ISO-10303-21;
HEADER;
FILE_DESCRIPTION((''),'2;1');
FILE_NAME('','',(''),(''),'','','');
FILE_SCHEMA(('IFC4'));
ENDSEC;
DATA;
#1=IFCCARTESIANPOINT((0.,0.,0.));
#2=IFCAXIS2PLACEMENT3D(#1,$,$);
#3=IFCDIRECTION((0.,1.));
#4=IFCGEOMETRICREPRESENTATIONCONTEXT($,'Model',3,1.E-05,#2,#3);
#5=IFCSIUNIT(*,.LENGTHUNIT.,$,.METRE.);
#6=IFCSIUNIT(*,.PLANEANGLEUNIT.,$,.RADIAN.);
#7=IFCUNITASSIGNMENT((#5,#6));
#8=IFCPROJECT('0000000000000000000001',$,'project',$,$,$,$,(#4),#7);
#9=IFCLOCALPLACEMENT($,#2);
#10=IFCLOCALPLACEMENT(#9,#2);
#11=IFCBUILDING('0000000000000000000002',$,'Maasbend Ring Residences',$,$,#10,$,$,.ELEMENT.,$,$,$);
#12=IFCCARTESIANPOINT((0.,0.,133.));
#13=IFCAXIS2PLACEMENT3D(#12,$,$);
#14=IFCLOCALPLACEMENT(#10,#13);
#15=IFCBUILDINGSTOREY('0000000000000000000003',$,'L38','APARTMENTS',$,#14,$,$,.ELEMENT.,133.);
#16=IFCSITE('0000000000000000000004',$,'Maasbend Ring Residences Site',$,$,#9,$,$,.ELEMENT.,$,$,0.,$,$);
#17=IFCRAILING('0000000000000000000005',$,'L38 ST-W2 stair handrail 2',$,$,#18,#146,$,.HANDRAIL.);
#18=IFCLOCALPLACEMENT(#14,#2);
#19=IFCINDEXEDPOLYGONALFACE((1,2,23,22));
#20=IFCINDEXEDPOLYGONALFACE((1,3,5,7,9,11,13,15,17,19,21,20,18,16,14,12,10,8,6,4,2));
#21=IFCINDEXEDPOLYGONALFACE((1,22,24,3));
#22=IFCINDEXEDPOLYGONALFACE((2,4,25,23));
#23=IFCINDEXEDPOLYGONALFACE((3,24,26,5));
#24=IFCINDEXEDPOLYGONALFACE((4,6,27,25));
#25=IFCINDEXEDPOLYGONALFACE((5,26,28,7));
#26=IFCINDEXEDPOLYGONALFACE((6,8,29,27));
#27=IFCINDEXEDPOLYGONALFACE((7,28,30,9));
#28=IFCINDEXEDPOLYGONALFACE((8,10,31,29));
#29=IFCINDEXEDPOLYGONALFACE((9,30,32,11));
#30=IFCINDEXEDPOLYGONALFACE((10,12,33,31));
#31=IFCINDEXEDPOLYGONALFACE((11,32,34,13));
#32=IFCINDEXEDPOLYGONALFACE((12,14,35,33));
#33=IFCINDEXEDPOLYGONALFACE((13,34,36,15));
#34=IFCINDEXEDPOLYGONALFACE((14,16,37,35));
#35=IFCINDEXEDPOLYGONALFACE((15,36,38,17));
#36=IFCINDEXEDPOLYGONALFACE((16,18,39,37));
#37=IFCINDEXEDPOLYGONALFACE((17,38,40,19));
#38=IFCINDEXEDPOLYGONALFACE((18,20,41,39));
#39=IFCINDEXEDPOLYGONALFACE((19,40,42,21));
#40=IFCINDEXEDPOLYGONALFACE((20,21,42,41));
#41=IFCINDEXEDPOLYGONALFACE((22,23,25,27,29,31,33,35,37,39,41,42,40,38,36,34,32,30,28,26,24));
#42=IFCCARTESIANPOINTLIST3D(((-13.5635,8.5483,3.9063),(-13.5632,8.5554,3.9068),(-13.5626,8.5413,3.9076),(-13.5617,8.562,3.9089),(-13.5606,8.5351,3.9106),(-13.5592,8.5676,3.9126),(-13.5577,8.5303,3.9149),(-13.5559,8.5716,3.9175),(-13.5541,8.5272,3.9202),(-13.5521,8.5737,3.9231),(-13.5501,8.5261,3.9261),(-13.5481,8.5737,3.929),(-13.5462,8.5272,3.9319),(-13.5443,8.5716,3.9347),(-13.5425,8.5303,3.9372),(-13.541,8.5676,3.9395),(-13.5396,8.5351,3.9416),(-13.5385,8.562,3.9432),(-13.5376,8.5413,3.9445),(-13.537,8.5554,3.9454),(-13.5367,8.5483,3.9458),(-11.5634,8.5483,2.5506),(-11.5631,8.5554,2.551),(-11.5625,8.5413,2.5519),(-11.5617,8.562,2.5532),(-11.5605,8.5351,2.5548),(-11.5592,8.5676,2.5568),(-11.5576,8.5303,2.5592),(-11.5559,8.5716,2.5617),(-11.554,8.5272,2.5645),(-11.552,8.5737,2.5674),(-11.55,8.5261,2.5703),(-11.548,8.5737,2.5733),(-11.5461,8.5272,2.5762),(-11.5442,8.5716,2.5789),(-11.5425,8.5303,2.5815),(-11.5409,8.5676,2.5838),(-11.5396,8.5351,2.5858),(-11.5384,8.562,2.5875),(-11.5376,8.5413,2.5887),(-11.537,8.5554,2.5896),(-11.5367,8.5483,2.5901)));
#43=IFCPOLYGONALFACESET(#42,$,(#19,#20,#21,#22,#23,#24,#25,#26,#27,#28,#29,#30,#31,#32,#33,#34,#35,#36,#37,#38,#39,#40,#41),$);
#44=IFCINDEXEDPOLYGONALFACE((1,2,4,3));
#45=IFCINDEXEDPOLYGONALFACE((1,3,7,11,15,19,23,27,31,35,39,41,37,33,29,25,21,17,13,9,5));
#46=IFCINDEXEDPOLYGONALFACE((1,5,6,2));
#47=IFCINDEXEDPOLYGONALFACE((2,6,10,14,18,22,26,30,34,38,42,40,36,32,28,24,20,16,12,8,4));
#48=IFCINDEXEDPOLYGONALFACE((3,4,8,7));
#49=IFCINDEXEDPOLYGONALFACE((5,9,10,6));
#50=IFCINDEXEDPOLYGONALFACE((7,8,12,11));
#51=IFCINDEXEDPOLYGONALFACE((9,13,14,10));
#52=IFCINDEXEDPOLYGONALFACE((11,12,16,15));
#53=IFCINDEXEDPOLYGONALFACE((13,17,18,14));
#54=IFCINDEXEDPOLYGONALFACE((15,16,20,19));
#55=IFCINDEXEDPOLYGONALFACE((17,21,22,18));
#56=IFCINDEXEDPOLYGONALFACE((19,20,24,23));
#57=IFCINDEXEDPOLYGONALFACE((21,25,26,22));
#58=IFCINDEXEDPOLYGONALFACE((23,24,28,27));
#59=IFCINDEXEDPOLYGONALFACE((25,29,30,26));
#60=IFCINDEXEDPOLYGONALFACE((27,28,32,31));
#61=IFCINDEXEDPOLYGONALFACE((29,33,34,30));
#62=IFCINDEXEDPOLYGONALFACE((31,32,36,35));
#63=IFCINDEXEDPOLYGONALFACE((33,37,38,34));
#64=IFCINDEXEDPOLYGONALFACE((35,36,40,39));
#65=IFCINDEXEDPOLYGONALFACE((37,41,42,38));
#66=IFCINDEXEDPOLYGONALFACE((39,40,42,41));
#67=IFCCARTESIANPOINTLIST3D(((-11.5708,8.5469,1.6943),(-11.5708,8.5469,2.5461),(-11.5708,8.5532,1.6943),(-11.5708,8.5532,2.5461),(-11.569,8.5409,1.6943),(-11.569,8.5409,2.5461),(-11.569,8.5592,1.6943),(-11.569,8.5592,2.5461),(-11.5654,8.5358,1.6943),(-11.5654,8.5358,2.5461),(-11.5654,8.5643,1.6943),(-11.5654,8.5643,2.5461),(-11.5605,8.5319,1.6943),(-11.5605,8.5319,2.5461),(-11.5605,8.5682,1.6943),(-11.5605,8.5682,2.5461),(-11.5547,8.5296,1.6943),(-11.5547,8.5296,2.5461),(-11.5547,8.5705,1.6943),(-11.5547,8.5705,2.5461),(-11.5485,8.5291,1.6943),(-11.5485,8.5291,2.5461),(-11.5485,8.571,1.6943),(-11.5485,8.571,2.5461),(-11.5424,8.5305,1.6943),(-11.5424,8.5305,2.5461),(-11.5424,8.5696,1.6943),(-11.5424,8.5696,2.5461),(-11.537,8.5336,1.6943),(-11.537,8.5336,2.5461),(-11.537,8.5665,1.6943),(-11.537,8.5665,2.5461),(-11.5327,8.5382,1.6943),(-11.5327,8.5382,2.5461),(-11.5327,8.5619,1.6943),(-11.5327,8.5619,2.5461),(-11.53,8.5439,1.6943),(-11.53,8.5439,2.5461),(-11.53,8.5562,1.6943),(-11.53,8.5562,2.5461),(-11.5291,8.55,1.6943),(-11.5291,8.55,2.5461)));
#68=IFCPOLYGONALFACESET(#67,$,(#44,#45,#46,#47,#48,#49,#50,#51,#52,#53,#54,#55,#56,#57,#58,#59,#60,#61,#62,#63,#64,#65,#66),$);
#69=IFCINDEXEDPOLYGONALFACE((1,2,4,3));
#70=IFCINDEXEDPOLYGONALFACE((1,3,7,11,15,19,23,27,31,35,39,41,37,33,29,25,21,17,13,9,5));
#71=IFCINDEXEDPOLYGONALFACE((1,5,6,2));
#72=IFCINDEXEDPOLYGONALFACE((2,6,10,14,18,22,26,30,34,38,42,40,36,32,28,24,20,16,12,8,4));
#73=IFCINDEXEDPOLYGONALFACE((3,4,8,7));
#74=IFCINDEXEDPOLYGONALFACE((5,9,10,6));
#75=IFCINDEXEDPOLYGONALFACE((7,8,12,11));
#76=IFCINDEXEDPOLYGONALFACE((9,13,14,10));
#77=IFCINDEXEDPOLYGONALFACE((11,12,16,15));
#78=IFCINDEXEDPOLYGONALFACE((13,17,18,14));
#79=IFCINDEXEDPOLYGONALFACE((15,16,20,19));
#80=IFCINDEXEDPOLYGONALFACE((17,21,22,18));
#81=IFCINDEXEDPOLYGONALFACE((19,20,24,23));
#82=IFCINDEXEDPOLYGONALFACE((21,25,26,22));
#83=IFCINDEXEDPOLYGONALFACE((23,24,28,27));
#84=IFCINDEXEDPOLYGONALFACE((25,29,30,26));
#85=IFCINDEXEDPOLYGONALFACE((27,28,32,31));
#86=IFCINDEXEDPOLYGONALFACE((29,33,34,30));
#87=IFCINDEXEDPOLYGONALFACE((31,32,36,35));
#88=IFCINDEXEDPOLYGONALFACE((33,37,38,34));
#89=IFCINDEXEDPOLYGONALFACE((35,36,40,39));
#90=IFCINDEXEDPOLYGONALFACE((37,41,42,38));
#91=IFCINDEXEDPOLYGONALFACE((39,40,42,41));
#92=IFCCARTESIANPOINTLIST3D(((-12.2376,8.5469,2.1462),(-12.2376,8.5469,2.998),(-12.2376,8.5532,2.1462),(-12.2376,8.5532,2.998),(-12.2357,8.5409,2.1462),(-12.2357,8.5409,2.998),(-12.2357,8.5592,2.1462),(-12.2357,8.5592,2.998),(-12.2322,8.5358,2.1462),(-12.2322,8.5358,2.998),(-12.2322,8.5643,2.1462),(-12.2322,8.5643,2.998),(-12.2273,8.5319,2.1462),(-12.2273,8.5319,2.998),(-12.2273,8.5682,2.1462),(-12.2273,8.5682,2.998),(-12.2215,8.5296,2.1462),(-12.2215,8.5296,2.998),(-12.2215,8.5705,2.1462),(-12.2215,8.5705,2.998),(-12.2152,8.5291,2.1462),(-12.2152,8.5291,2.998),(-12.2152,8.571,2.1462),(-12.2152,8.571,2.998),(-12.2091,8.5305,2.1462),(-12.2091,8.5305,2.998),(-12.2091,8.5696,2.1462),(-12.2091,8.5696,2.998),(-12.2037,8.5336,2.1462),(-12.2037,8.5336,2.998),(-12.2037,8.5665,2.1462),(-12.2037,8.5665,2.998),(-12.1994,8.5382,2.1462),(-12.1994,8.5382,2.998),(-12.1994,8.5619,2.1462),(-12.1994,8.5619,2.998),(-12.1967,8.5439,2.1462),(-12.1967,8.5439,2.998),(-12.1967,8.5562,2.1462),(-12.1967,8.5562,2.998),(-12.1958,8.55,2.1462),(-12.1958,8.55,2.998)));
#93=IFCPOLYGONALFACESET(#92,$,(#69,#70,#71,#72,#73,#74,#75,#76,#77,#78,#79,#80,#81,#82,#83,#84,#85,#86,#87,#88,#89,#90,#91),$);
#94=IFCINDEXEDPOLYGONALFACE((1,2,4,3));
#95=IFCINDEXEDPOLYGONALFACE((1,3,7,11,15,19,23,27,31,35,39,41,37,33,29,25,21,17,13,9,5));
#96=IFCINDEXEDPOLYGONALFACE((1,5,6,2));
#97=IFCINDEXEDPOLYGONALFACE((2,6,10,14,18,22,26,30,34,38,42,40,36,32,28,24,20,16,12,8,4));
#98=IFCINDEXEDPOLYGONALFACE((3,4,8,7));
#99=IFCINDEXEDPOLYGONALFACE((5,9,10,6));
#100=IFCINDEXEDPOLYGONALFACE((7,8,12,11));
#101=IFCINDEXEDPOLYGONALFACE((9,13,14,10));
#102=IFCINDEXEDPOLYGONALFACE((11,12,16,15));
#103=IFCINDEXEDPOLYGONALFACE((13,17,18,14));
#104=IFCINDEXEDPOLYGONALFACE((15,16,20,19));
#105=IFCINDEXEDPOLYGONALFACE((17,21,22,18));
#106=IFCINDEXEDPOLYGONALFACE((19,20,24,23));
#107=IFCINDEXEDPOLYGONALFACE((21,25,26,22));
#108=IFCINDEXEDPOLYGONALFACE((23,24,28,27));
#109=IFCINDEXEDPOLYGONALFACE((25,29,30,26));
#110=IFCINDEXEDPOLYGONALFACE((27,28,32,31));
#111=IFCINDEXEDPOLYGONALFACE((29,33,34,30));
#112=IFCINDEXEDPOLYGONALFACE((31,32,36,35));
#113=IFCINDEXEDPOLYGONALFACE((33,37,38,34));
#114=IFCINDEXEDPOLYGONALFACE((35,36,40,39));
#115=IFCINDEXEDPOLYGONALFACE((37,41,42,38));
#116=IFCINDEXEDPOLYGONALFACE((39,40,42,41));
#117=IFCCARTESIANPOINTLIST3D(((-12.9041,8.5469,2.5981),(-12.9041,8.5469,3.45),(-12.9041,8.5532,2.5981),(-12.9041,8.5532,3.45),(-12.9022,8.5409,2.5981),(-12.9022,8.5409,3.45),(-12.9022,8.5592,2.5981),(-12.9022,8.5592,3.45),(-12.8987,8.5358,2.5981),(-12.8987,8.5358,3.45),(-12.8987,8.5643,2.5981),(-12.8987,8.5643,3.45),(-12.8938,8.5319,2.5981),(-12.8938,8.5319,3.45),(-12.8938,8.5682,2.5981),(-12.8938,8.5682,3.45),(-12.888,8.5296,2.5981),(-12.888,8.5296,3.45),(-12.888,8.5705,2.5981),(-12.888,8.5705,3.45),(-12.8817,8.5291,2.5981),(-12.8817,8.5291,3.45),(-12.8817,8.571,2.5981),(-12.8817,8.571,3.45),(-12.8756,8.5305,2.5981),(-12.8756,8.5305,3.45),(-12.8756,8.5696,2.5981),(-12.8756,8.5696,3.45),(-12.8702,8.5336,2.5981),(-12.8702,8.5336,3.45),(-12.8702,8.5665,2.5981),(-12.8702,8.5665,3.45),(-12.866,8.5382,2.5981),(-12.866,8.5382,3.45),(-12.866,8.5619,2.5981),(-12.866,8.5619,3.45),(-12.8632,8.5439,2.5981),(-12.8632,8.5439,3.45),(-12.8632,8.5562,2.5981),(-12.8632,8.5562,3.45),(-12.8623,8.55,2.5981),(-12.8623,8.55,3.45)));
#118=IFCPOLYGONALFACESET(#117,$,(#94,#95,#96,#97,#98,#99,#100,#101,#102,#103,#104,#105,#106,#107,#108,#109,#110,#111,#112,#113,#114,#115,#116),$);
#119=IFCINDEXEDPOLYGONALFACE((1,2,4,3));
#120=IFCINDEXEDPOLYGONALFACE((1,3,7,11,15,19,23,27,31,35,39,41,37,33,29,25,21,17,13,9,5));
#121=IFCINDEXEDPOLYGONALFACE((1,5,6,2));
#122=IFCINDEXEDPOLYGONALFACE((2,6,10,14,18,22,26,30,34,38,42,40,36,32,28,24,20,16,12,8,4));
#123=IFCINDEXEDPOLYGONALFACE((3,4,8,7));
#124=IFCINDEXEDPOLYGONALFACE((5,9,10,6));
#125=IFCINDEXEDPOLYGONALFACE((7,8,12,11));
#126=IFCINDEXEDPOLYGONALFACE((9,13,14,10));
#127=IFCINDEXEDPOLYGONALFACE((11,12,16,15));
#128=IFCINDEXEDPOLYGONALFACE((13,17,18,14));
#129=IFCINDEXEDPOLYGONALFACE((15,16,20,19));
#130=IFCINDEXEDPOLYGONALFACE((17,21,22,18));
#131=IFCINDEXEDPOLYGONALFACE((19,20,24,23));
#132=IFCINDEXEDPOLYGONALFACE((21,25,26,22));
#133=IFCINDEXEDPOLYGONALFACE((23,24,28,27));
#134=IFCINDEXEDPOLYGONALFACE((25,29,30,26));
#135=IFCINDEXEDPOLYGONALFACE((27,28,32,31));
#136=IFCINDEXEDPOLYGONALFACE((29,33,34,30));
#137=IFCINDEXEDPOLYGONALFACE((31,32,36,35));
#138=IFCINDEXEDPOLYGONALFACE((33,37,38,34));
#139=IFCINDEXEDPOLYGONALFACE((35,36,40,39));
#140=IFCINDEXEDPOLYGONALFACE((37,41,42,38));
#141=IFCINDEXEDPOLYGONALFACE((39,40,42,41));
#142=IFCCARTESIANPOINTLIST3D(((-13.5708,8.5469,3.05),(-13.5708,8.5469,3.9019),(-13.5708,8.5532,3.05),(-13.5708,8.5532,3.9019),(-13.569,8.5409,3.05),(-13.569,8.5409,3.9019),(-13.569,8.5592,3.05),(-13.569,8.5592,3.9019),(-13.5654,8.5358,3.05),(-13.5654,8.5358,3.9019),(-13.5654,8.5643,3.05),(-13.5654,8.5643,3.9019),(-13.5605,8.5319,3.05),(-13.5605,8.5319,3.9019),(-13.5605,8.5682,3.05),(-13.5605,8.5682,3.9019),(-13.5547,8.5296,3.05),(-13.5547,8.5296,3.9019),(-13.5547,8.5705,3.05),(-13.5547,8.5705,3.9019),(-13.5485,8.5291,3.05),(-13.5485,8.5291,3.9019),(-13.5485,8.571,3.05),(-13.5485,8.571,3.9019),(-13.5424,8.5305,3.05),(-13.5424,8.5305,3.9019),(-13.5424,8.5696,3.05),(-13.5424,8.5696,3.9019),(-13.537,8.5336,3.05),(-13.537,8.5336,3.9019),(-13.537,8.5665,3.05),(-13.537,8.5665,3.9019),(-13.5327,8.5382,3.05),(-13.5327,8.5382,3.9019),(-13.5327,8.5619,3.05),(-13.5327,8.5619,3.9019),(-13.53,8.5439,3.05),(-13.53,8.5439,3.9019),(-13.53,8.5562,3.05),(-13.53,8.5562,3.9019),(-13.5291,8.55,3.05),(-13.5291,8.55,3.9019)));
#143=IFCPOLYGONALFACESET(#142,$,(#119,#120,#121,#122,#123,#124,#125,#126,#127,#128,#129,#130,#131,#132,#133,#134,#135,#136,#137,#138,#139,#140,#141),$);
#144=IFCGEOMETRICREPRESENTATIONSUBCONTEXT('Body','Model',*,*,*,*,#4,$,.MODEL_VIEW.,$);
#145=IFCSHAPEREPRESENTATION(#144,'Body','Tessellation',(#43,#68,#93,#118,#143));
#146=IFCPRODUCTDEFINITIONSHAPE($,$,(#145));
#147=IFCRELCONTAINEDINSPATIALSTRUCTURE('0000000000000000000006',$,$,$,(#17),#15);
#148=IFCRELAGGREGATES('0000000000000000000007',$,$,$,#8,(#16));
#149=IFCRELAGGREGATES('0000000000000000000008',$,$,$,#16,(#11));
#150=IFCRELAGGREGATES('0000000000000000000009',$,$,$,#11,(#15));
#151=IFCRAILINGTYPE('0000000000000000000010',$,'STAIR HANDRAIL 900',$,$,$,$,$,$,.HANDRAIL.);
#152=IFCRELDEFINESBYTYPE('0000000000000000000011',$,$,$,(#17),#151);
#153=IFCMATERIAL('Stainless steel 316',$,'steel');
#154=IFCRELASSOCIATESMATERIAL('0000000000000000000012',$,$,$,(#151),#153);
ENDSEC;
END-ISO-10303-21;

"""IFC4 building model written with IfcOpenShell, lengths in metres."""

from ifc_helpers import new_model, si_unit, direction, frame, origin, origin_2d, place, context, subcontext, project, spatial, circle, extrude, material, type_object, element, save


model = new_model("IFC4")

# Units and contexts
model_context = context("Model", 3, precision=1e-05, world=origin(), true_north=direction((0.0, 1.0)))
body_context = subcontext(model_context, "Body", "Model", "MODEL_VIEW")
ifc_project = project(units=[si_unit("LENGTHUNIT", "METRE"), si_unit("PLANEANGLEUNIT", "RADIAN")], contexts=[model_context])

# Site, building, storey
site_placement = place(None, origin())
site = spatial("IfcSite", under=ifc_project, at=site_placement, Name="Maasbend Ring Residences Site", CompositionType="ELEMENT", RefElevation=0.0)
building_placement = place(site_placement, origin())
building = spatial("IfcBuilding", under=site, at=building_placement, Name="Maasbend Ring Residences", CompositionType="ELEMENT")
storey_placement = place(building_placement, frame((0.0, 0.0, 133.0)))
storey = spatial("IfcBuildingStorey", under=building, at=storey_placement, Name="L38", Description="APARTMENTS", CompositionType="ELEMENT", Elevation=133.0)

# Railing
ifc_material_1 = material(Name="Stainless steel 316", Category="steel")
railing_type_1 = type_object("IfcRailingType", Name="STAIR HANDRAIL 900", PredefinedType="HANDRAIL", material=ifc_material_1)
railing_1_placement = place(storey_placement, frame((-11.55, 8.55, 1.6943)))
element("IfcRailing", 1, at=railing_1_placement, inside=storey, type_object=railing_type_1, Name="L38 ST-W2 stair handrail 2", PredefinedType="HANDRAIL", context=body_context, shape_type="SweptSolid", body=[
    extrude(circle(Radius=0.0239, at=origin_2d()), frame((0.0, 0.0, 0.876), z_axis=(-0.827751, 0.0, 0.561096), x_axis=(0.0, -1.0, 0.0)), (0.0, 0.0, 1.0), 2.4163),
    extrude(circle(Radius=0.021, at=origin_2d()), origin(), (0.0, 0.0, 1.0), 0.8518),
    extrude(circle(Radius=0.021, at=origin_2d()), frame((-0.6667, 0.0, 0.4519)), (0.0, 0.0, 1.0), 0.8518),
    extrude(circle(Radius=0.021, at=origin_2d()), frame((-1.3333, 0.0, 0.9038)), (0.0, 0.0, 1.0), 0.8518),
    extrude(circle(Radius=0.021, at=origin_2d()), frame((-2.0, 0.0, 1.3557)), (0.0, 0.0, 1.0), 0.8518),
])

save(model, "model.ifc")
